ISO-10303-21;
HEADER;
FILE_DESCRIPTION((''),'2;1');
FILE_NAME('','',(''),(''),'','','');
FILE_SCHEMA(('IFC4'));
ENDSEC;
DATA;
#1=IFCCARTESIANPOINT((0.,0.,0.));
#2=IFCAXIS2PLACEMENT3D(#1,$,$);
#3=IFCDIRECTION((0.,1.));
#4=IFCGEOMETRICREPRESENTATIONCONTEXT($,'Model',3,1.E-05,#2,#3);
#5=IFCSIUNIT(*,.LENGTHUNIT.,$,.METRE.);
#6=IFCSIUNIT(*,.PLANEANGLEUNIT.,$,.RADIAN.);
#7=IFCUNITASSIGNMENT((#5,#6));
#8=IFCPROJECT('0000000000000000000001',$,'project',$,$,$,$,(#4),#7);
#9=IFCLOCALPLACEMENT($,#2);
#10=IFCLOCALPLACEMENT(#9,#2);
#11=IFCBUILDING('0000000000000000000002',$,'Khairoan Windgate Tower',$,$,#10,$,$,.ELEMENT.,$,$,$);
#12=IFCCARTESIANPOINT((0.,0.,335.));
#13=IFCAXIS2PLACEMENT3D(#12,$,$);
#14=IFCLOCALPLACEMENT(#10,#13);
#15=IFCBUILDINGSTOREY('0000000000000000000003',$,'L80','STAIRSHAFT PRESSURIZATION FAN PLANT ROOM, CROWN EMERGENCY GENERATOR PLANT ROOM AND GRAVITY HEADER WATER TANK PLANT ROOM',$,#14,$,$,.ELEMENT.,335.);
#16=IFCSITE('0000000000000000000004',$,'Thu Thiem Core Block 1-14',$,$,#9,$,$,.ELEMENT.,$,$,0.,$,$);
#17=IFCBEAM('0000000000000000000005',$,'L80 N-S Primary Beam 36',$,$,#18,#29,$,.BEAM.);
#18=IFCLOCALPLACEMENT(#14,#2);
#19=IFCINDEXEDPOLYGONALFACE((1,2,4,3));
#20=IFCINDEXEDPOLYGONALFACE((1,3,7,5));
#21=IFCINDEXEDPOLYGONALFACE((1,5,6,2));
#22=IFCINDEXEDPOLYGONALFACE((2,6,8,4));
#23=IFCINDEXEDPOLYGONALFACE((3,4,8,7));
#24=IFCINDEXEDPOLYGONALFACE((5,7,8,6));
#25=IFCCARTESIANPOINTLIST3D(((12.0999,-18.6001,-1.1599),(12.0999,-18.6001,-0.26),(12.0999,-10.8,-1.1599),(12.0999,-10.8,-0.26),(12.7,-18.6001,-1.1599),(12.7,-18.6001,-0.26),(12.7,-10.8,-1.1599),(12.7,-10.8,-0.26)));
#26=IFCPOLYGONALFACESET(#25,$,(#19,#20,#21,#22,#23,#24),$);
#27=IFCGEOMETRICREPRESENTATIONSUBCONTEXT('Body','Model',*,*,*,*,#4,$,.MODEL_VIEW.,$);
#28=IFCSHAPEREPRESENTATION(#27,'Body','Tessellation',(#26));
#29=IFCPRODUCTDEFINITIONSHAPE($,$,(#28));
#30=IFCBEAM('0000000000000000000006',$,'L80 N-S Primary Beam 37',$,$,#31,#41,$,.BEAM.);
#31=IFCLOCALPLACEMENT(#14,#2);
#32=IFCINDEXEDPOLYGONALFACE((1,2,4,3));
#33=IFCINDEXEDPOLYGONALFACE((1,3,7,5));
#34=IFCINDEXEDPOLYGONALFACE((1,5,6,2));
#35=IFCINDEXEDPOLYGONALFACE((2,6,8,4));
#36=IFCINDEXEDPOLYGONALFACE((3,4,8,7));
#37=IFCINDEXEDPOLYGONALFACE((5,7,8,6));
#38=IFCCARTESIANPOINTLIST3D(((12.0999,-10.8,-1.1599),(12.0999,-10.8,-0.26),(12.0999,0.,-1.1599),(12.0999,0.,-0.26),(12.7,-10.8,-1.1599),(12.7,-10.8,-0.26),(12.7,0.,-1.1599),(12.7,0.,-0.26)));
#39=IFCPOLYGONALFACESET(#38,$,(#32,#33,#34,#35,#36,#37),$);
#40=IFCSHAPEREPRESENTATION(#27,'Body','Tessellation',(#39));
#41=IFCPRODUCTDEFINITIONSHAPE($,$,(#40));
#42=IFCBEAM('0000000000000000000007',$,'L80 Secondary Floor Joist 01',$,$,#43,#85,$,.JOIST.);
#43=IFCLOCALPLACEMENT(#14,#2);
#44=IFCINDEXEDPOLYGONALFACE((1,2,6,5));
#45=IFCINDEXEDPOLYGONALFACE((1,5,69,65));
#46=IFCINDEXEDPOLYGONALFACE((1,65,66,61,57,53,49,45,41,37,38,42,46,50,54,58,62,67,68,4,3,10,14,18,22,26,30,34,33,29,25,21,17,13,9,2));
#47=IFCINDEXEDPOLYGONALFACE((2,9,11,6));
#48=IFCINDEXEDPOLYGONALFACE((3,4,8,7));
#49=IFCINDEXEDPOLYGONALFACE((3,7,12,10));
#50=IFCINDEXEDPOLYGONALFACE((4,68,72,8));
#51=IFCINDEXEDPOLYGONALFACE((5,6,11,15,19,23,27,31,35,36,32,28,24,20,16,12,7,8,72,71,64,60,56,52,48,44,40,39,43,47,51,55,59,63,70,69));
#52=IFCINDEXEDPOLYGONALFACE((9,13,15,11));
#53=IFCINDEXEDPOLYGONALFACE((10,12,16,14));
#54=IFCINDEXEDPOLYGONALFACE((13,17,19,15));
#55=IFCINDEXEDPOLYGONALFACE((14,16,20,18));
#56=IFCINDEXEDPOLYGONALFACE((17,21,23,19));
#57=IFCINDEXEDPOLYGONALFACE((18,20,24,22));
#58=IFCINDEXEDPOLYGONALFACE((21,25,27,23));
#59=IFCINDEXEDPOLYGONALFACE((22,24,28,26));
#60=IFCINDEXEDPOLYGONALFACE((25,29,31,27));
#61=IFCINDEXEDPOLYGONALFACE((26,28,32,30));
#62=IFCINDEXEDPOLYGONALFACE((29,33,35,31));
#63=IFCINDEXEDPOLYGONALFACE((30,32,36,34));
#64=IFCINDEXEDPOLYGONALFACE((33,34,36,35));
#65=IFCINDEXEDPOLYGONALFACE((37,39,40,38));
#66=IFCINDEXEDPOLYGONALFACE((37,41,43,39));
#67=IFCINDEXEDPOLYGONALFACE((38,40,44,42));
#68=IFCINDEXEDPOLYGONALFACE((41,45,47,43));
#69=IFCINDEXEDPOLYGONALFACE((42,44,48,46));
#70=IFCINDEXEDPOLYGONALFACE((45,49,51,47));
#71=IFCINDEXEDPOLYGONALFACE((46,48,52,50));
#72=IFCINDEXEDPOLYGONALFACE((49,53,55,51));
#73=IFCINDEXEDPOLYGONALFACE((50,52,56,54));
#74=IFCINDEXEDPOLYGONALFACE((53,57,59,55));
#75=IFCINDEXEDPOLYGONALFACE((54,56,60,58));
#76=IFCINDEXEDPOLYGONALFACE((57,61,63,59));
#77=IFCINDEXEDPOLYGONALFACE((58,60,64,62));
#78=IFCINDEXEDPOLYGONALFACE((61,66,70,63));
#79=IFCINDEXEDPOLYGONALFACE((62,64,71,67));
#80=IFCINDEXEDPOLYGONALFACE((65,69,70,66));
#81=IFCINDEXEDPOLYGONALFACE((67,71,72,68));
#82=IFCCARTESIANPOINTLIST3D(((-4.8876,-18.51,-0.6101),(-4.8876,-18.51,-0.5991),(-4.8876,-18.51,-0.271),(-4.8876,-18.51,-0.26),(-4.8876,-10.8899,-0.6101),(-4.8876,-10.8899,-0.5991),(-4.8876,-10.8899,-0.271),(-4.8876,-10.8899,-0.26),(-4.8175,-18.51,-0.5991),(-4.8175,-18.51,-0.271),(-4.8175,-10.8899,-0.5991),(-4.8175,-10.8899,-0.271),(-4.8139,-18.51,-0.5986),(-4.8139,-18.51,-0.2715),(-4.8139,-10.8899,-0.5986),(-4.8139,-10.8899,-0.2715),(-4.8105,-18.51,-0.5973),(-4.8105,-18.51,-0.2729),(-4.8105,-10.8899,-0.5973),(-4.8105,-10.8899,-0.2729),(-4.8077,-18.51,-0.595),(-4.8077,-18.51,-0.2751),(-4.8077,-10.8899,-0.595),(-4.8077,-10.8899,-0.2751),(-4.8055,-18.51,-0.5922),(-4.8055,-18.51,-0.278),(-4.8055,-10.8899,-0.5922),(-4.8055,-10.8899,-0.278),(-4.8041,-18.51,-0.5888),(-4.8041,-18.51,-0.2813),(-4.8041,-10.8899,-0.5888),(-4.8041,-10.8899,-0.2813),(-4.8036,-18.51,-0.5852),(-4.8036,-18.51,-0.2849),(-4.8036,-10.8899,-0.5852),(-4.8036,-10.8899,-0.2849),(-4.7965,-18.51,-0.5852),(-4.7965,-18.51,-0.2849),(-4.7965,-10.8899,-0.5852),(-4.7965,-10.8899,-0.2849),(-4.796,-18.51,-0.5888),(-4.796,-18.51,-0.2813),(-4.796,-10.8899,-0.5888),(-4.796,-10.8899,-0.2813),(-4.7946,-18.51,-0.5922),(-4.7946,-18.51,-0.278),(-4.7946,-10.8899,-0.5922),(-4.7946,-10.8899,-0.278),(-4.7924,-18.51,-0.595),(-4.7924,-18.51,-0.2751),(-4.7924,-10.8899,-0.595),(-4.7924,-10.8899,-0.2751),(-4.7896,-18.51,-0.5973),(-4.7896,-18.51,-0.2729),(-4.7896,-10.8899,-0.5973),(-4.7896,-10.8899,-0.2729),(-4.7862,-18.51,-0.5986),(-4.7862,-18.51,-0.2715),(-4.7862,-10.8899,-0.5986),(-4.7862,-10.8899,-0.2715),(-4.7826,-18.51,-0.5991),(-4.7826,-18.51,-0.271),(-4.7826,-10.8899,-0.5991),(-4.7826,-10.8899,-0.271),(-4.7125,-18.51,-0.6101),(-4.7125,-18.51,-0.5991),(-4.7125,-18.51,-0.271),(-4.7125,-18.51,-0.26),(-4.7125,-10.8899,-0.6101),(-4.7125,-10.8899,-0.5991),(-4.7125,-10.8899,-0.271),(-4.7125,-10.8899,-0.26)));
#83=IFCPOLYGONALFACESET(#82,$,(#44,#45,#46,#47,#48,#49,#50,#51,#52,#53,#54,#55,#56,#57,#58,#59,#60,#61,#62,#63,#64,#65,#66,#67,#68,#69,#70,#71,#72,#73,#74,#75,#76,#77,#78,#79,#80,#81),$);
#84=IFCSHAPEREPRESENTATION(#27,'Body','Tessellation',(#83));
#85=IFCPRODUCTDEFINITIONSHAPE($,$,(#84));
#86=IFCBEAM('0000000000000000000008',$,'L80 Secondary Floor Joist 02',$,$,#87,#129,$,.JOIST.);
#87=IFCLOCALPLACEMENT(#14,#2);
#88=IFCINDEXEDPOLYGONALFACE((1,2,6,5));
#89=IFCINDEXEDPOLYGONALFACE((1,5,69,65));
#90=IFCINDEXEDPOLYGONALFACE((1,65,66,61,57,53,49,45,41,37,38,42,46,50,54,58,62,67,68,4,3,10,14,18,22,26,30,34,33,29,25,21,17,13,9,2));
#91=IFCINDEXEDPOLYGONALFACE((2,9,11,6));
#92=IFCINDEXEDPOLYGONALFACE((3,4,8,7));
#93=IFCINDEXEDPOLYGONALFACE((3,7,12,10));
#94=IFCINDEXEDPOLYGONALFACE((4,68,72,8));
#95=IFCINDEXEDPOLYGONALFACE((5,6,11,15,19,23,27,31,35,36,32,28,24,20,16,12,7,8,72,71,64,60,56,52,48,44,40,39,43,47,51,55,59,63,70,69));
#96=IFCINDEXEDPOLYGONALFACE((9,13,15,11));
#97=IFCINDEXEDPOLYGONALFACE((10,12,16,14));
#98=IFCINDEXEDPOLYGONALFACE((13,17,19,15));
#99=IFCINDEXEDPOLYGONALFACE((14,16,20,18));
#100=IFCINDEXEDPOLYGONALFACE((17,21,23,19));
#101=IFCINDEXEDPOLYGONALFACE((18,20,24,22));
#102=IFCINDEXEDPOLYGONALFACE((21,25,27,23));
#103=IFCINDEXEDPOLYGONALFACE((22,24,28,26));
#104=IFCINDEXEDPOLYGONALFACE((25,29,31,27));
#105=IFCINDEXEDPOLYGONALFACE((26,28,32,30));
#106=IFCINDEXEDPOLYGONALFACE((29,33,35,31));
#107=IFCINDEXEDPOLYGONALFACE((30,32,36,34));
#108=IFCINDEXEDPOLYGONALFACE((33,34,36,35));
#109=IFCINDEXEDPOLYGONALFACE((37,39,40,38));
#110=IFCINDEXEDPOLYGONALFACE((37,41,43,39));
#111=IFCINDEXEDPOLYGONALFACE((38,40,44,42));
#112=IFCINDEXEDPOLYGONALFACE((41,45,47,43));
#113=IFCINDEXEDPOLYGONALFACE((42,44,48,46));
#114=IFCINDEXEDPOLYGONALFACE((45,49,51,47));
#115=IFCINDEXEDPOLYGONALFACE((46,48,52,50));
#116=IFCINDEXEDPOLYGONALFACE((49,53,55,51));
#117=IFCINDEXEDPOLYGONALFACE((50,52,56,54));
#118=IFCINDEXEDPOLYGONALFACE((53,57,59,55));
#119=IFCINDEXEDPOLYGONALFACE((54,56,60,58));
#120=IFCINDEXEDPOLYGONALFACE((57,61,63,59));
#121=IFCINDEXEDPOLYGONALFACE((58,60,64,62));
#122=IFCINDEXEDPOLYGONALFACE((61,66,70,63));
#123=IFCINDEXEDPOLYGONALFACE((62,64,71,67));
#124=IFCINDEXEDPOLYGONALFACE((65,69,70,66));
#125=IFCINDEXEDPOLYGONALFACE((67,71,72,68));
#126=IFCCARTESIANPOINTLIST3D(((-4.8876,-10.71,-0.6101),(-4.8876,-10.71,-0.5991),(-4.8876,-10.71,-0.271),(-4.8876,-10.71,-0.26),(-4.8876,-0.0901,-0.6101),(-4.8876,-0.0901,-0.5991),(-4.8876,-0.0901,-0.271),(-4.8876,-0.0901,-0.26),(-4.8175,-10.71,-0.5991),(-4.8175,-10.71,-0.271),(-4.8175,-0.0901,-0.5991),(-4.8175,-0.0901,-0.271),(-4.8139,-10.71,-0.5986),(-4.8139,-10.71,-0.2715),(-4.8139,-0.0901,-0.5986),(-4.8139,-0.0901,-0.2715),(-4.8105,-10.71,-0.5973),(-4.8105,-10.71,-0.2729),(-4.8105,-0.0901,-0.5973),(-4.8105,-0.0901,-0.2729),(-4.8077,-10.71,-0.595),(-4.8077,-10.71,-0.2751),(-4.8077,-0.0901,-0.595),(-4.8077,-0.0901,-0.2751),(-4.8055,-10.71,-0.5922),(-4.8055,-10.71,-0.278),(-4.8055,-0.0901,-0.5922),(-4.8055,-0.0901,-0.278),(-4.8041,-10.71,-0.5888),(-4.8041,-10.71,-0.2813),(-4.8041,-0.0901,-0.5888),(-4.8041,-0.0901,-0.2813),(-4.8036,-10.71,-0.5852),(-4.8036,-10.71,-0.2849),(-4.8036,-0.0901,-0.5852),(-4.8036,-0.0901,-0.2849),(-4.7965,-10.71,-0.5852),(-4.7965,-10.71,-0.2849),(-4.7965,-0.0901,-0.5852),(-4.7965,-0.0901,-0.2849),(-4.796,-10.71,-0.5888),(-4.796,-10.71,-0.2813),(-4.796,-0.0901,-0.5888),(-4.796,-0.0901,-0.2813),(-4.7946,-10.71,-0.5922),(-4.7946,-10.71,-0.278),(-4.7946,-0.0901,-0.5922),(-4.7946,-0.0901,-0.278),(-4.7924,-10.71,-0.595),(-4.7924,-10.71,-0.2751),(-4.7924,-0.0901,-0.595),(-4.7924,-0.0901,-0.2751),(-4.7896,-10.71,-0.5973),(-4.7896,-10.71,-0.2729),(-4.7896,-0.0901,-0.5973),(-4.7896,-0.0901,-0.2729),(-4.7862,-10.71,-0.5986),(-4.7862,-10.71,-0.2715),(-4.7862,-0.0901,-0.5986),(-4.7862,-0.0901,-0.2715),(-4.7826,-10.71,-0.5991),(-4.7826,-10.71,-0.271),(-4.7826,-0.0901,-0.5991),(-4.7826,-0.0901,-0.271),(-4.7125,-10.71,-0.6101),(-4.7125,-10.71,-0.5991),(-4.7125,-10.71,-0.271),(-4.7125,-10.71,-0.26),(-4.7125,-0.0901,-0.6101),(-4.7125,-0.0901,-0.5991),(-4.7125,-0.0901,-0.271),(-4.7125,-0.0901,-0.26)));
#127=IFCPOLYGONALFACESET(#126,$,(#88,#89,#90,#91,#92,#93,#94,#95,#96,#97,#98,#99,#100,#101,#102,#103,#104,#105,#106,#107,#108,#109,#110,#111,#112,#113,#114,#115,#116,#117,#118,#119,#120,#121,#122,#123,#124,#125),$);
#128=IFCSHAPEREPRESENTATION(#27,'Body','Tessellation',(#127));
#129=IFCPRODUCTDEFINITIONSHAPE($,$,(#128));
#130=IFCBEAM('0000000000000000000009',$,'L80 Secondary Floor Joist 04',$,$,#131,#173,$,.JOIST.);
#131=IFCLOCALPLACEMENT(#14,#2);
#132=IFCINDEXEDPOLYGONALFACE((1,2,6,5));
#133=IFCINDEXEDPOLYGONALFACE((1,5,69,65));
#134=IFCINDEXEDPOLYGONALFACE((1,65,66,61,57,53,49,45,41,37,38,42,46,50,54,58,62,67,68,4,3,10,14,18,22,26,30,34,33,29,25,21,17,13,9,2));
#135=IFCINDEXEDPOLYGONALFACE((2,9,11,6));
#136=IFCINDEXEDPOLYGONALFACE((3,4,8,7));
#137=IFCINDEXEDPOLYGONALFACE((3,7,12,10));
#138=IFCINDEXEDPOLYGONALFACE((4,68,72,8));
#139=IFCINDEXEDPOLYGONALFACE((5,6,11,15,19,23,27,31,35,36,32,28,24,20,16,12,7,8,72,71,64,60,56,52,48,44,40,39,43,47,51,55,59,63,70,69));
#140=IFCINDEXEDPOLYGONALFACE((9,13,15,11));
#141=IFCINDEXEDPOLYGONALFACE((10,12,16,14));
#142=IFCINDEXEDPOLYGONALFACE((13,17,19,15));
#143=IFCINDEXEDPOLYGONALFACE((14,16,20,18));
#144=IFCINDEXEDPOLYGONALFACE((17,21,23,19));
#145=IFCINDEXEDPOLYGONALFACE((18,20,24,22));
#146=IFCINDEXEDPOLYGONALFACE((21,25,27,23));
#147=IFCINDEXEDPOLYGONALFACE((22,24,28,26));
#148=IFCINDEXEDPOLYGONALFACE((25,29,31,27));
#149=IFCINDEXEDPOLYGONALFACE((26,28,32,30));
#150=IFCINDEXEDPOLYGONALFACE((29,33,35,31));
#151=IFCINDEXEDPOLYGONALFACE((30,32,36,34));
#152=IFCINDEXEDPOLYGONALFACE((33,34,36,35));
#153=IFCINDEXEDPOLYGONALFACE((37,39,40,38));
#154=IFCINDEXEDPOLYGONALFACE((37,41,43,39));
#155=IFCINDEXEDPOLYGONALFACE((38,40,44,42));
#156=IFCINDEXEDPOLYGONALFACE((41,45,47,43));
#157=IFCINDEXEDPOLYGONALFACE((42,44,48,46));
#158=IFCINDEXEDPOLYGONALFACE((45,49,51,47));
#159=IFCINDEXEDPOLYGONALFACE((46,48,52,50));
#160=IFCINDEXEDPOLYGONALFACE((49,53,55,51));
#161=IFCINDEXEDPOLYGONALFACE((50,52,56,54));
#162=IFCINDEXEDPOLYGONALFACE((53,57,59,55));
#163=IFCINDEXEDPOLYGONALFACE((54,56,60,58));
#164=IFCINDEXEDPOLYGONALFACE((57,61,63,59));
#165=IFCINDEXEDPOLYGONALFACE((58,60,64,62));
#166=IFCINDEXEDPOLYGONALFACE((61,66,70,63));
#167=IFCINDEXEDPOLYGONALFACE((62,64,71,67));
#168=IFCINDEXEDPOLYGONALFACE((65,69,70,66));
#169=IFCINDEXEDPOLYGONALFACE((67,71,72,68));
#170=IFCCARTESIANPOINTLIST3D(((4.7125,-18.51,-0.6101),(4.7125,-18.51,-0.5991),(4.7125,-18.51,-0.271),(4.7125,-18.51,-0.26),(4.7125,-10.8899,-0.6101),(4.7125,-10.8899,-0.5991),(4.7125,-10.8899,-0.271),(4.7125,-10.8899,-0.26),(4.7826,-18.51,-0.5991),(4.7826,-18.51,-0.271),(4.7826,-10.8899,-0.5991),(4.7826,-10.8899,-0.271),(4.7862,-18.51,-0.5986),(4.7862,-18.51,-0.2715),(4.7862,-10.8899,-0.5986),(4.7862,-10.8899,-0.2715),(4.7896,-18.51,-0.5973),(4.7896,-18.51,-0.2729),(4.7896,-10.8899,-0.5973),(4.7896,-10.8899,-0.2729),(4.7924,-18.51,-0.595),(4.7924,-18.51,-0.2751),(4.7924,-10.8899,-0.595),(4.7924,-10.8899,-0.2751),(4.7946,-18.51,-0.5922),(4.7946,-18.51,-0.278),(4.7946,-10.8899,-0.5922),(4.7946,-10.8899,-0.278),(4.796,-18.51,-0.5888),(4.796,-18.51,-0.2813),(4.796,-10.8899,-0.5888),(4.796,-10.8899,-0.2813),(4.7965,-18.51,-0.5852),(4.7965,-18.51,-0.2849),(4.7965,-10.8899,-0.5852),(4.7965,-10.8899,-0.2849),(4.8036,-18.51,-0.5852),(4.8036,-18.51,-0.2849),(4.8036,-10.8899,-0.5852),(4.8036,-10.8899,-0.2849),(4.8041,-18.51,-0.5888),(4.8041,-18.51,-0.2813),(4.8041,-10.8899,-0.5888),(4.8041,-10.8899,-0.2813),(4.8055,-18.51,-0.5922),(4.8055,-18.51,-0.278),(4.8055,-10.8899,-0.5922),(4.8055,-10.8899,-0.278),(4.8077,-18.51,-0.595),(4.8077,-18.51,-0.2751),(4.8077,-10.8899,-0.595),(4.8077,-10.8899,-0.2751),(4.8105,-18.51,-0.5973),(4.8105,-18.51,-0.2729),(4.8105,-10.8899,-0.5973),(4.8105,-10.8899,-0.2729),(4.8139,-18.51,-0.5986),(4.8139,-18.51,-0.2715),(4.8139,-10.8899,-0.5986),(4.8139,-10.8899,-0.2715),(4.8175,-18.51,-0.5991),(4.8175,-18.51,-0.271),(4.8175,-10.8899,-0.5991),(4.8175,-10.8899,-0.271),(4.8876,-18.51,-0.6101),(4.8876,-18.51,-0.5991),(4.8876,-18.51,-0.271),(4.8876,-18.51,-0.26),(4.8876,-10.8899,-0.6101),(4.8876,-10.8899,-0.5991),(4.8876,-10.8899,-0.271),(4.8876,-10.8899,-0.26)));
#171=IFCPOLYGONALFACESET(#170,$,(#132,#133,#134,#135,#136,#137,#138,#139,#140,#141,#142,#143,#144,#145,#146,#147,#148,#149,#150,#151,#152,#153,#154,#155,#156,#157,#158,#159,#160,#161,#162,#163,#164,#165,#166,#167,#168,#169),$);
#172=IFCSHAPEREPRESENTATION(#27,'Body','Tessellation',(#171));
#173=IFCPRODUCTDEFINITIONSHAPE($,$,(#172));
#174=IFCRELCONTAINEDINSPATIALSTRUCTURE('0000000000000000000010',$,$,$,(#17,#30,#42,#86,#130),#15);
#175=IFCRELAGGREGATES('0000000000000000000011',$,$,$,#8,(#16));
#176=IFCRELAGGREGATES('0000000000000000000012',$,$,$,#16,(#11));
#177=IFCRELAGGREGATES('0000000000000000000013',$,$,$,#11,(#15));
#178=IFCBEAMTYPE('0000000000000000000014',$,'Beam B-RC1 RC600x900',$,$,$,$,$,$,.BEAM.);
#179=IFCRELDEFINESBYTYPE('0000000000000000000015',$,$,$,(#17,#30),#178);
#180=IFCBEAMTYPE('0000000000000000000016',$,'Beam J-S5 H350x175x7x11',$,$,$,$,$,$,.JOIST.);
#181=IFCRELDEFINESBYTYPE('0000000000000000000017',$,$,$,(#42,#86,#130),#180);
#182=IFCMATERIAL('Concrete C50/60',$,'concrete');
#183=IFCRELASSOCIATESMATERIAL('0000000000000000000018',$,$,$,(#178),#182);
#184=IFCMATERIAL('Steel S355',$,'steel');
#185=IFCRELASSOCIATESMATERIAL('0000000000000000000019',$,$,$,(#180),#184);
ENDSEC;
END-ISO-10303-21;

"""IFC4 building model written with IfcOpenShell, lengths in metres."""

from ifc_helpers import new_model, si_unit, direction, frame, origin, origin_2d, place, context, subcontext, project, spatial, rectangle, i_section, extrude, material, material_profile, profile_set, type_object, element, save


model = new_model("IFC4")

# Units and contexts
model_context = context("Model", 3, precision=1e-05, world=origin(), true_north=direction((0.0, 1.0)))
body_context = subcontext(model_context, "Body", "Model", "MODEL_VIEW")
ifc_project = project(units=[si_unit("LENGTHUNIT", "METRE"), si_unit("PLANEANGLEUNIT", "RADIAN")], contexts=[model_context])

# Site, building, storey
site_placement = place(None, origin())
site = spatial("IfcSite", under=ifc_project, at=site_placement, Name="Thu Thiem Core Block 1-14", CompositionType="ELEMENT", RefElevation=0.0)
building_placement = place(site_placement, origin())
building = spatial("IfcBuilding", under=site, at=building_placement, Name="Khairoan Windgate Tower", CompositionType="ELEMENT")
storey_placement = place(building_placement, frame((0.0, 0.0, 335.0)))
storey = spatial("IfcBuildingStorey", under=building, at=storey_placement, Name="L80", Description="STAIRSHAFT PRESSURIZATION FAN PLANT ROOM, CROWN EMERGENCY GENERATOR PLANT ROOM AND GRAVITY HEADER WATER TANK PLANT ROOM", CompositionType="ELEMENT", Elevation=335.0)

# Beams
ifc_material_1 = material(Name="Concrete C50/60", Category="concrete")
ifc_material_profile_1 = material_profile(ifc_material_1, rectangle(XDim=0.6001, YDim=0.8999, at=origin_2d()))
ifc_profile_set_1 = profile_set([ifc_material_profile_1], Name="Concrete C50/60")
beam_type_1 = type_object("IfcBeamType", Name="Beam B-RC1 RC600x900", PredefinedType="BEAM", material=ifc_profile_set_1)
beam_1_placement = place(storey_placement, frame((12.3999, -18.6001, -0.71), z_axis=(0.0, 1.0, 0.0), x_axis=(-1.0, 0.0, 0.0)))
element("IfcBeam", 1, at=beam_1_placement, inside=storey, type_object=beam_type_1, Name="L80 N-S Primary Beam 36", PredefinedType="BEAM", context=body_context, shape_type="SweptSolid", body=[
    extrude(rectangle(XDim=0.6001, YDim=0.8999, at=origin_2d()), origin(), (0.0, 0.0, 1.0), 7.8),
])
beam_2_placement = place(storey_placement, frame((12.3999, -10.8, -0.71), z_axis=(0.0, 1.0, 0.0), x_axis=(-1.0, 0.0, 0.0)))
element("IfcBeam", 2, at=beam_2_placement, inside=storey, type_object=beam_type_1, Name="L80 N-S Primary Beam 37", PredefinedType="BEAM", context=body_context, shape_type="SweptSolid", body=[
    extrude(rectangle(XDim=0.6001, YDim=0.8999, at=origin_2d()), origin(), (0.0, 0.0, 1.0), 10.8),
])
ifc_material_2 = material(Name="Steel S355", Category="steel")
ifc_material_profile_2 = material_profile(ifc_material_2, i_section(OverallWidth=0.175, OverallDepth=0.3501, WebThickness=0.0071, FlangeThickness=0.011, FilletRadius=0.0139, at=origin_2d()))
ifc_profile_set_2 = profile_set([ifc_material_profile_2], Name="Steel S355")
beam_type_2 = type_object("IfcBeamType", Name="Beam J-S5 H350x175x7x11", PredefinedType="JOIST", material=ifc_profile_set_2)
beam_3_placement = place(storey_placement, frame((-4.8, -18.51, -0.4351), z_axis=(0.0, 1.0, 0.0), x_axis=(-1.0, 0.0, 0.0)))
element("IfcBeam", 3, at=beam_3_placement, inside=storey, type_object=beam_type_2, Name="L80 Secondary Floor Joist 01", PredefinedType="JOIST", context=body_context, shape_type="SweptSolid", body=[
    extrude(i_section(OverallWidth=0.175, OverallDepth=0.3501, WebThickness=0.0071, FlangeThickness=0.011, FilletRadius=0.0139, at=origin_2d()), origin(), (0.0, 0.0, 1.0), 7.6201),
])
beam_4_placement = place(storey_placement, frame((-4.8, -10.71, -0.4351), z_axis=(0.0, 1.0, 0.0), x_axis=(-1.0, 0.0, 0.0)))
element("IfcBeam", 4, at=beam_4_placement, inside=storey, type_object=beam_type_2, Name="L80 Secondary Floor Joist 02", PredefinedType="JOIST", context=body_context, shape_type="SweptSolid", body=[
    extrude(i_section(OverallWidth=0.175, OverallDepth=0.3501, WebThickness=0.0071, FlangeThickness=0.011, FilletRadius=0.0139, at=origin_2d()), origin(), (0.0, 0.0, 1.0), 10.6199),
])
beam_5_placement = place(storey_placement, frame((4.8, -18.51, -0.4351), z_axis=(0.0, 1.0, 0.0), x_axis=(-1.0, 0.0, 0.0)))
element("IfcBeam", 5, at=beam_5_placement, inside=storey, type_object=beam_type_2, Name="L80 Secondary Floor Joist 04", PredefinedType="JOIST", context=body_context, shape_type="SweptSolid", body=[
    extrude(i_section(OverallWidth=0.175, OverallDepth=0.3501, WebThickness=0.0071, FlangeThickness=0.011, FilletRadius=0.0139, at=origin_2d()), origin(), (0.0, 0.0, 1.0), 7.6201),
])

save(model, "model.ifc")
